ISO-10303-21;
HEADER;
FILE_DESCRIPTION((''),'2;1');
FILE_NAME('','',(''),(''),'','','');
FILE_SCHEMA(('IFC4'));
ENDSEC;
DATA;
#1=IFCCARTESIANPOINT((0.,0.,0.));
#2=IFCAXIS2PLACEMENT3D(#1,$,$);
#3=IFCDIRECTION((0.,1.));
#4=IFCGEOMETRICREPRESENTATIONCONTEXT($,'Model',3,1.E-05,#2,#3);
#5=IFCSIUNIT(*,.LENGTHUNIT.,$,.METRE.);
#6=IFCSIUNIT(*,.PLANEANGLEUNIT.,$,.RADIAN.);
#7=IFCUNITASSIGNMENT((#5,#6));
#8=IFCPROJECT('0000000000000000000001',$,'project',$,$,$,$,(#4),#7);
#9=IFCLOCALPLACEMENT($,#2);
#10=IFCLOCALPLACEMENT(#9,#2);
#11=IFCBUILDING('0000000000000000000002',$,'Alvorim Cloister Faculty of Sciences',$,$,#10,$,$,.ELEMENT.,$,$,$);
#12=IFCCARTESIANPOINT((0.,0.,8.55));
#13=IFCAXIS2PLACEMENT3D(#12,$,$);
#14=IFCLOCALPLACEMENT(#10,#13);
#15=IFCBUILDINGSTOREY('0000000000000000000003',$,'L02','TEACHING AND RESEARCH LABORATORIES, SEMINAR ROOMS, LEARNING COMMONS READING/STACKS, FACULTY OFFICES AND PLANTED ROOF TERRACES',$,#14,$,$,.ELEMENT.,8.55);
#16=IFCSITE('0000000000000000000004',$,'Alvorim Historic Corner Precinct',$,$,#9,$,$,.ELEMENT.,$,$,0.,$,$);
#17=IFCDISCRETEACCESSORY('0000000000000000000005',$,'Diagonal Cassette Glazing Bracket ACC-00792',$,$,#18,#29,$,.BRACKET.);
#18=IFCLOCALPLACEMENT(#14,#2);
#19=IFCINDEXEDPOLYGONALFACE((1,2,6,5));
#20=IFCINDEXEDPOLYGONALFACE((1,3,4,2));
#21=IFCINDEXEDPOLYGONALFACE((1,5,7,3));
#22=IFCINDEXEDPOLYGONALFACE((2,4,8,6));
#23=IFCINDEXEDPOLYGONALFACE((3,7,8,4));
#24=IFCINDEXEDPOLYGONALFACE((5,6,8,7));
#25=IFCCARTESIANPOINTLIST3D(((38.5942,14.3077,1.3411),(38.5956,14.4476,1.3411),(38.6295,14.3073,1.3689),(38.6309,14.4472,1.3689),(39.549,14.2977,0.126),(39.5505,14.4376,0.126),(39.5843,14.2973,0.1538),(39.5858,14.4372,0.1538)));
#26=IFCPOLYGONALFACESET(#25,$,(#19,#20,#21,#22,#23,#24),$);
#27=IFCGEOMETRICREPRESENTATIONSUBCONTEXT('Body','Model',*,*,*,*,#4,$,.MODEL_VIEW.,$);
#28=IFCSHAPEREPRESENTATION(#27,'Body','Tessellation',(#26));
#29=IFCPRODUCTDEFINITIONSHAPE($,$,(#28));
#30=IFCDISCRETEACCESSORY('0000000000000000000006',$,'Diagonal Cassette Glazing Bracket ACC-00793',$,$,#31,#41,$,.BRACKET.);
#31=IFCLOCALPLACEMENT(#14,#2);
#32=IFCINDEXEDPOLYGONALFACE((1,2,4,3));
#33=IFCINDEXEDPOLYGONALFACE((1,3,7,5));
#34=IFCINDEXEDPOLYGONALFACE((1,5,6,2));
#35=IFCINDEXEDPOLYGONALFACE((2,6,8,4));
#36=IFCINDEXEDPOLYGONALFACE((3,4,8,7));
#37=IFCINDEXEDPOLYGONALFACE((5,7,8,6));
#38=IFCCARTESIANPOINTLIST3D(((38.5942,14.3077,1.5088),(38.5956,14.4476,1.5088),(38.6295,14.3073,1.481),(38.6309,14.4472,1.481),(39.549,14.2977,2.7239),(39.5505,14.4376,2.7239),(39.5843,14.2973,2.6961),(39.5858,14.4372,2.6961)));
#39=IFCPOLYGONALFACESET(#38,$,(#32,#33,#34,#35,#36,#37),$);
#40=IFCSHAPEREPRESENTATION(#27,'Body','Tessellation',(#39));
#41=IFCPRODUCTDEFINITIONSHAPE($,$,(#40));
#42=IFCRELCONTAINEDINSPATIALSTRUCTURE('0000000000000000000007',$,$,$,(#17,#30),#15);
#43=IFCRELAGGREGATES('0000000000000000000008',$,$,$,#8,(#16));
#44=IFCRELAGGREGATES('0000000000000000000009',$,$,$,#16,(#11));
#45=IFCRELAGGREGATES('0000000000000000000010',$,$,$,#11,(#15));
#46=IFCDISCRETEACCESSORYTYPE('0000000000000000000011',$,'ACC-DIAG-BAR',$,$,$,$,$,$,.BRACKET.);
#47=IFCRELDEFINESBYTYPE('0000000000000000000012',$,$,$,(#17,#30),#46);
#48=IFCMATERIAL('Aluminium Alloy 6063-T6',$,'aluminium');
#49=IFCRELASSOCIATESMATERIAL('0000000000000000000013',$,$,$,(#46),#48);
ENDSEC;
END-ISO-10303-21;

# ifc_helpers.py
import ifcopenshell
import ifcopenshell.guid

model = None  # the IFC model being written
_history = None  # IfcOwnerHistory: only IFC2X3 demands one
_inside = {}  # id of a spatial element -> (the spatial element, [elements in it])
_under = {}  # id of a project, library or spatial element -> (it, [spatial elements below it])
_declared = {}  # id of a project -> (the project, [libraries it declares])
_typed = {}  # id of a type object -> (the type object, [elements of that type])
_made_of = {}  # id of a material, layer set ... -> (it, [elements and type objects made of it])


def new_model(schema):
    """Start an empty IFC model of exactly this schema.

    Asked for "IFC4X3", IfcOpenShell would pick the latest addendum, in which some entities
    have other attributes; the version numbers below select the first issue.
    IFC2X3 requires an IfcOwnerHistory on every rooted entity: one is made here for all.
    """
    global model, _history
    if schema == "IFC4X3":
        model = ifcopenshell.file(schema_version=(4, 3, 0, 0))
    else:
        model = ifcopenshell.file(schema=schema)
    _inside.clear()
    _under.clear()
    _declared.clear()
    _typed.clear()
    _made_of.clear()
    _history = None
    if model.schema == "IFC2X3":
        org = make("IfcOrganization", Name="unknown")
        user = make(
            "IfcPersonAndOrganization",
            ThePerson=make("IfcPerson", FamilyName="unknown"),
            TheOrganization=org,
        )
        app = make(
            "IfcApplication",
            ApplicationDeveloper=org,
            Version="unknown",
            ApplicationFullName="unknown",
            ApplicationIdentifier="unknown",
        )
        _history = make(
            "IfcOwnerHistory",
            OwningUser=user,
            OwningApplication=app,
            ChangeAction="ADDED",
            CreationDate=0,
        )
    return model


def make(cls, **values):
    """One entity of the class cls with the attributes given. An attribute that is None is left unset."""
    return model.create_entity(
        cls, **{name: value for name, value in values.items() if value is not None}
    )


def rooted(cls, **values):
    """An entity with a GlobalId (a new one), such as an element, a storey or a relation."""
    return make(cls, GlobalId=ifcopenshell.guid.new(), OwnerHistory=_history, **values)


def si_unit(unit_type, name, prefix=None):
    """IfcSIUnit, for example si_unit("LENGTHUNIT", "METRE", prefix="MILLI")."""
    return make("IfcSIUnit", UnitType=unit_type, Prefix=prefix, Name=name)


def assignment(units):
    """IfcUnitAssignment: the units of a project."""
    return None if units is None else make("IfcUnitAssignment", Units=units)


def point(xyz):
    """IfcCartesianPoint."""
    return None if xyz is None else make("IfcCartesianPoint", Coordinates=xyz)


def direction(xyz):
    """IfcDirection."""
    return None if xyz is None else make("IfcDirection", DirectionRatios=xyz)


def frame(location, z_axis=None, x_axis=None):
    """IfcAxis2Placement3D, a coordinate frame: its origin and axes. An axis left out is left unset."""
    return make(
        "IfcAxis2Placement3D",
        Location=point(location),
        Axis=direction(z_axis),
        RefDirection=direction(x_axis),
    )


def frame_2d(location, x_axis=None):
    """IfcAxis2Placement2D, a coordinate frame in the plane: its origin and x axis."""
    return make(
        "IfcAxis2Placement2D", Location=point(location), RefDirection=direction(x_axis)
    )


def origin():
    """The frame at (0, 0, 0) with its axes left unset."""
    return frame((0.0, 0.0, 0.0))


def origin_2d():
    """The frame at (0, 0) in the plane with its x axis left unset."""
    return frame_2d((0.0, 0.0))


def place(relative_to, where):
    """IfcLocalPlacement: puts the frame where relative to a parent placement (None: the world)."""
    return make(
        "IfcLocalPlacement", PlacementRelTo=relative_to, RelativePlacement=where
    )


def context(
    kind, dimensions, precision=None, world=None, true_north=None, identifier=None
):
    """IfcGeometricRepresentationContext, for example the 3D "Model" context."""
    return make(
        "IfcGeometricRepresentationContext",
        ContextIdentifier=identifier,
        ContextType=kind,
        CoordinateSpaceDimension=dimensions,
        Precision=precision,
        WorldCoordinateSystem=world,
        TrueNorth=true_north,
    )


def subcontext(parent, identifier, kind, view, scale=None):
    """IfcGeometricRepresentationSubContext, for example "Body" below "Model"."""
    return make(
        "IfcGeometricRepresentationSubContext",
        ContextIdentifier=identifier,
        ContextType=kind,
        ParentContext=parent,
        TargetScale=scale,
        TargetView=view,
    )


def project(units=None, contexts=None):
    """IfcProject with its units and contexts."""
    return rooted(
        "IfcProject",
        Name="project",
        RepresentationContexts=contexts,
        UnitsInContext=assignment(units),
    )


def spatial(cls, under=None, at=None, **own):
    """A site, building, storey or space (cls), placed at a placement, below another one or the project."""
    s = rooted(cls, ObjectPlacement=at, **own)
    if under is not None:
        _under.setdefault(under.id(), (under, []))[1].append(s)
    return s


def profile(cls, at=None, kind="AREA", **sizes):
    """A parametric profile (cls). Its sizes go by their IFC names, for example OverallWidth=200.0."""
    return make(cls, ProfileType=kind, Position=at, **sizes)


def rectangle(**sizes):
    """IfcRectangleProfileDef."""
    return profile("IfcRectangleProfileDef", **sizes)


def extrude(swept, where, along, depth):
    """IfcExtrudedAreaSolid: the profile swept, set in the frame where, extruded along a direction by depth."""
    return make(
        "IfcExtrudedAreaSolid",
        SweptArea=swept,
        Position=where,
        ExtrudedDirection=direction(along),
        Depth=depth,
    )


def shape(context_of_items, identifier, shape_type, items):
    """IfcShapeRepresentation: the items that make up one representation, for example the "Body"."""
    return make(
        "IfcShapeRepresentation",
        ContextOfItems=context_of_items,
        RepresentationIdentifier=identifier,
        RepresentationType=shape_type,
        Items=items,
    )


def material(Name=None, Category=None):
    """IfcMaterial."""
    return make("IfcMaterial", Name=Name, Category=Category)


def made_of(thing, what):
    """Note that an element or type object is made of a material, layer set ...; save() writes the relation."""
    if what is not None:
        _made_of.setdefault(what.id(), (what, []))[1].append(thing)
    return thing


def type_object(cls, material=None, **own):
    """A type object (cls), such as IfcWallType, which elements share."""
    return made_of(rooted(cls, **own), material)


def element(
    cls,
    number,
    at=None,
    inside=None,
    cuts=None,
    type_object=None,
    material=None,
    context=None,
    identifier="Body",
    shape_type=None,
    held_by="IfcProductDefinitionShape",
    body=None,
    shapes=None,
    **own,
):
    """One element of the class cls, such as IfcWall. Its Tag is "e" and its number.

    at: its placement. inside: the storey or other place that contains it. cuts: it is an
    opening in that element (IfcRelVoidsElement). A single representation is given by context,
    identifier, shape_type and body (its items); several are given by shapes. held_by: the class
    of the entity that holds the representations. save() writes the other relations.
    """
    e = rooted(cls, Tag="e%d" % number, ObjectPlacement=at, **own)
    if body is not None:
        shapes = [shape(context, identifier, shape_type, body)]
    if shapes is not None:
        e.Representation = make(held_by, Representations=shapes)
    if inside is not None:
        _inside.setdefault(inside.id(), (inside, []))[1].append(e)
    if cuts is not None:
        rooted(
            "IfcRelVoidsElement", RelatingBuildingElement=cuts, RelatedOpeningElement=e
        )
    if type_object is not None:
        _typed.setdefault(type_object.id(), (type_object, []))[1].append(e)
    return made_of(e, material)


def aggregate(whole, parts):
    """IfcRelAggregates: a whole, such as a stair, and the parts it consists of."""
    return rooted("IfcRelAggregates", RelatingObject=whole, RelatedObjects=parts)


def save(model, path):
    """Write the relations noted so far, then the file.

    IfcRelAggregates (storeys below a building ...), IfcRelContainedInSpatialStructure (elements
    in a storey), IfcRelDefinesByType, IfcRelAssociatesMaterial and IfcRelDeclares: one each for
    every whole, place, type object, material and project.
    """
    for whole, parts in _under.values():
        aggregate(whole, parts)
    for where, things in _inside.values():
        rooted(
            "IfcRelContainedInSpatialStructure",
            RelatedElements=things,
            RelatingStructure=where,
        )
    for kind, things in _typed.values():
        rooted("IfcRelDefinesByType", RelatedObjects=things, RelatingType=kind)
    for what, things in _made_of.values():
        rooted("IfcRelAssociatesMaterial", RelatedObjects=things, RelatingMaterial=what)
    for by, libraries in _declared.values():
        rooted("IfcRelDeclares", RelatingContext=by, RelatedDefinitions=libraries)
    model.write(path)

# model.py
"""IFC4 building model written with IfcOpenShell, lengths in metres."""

from ifc_helpers import new_model, si_unit, direction, frame, origin, origin_2d, place, context, subcontext, project, spatial, rectangle, extrude, material, type_object, element, save


model = new_model("IFC4")

# Units and contexts
model_context = context("Model", 3, precision=1e-05, world=origin(), true_north=direction((0.0, 1.0)))
body_context = subcontext(model_context, "Body", "Model", "MODEL_VIEW")
ifc_project = project(units=[si_unit("LENGTHUNIT", "METRE"), si_unit("PLANEANGLEUNIT", "RADIAN")], contexts=[model_context])

# Site, building, storey
site_placement = place(None, origin())
site = spatial("IfcSite", under=ifc_project, at=site_placement, Name="Alvorim Historic Corner Precinct", CompositionType="ELEMENT", RefElevation=0.0)
building_placement = place(site_placement, origin())
building = spatial("IfcBuilding", under=site, at=building_placement, Name="Alvorim Cloister Faculty of Sciences", CompositionType="ELEMENT")
storey_placement = place(building_placement, frame((0.0, 0.0, 8.55)))
storey = spatial("IfcBuildingStorey", under=building, at=storey_placement, Name="L02", Description="TEACHING AND RESEARCH LABORATORIES, SEMINAR ROOMS, LEARNING COMMONS READING/STACKS, FACULTY OFFICES AND PLANTED ROOF TERRACES", CompositionType="ELEMENT", Elevation=8.55)

# Discrete accessories
ifc_material_1 = material(Name="Aluminium Alloy 6063-T6", Category="aluminium")
discrete_accessory_type = type_object("IfcDiscreteAccessoryType", Name="ACC-DIAG-BAR", PredefinedType="BRACKET", material=ifc_material_1)
for number, where, z_axis, x_axis, name in (
    (1, (38.6125, 14.3774, 1.355), (0.617857, -0.006477, -0.786263), (0.010483, 0.999945, 0.0), "Diagonal Cassette Glazing Bracket ACC-00792"),
    (2, (38.6125, 14.3774, 1.4949), (0.617857, -0.006477, 0.786263), (0.010483, 0.999945, 0.0), "Diagonal Cassette Glazing Bracket ACC-00793"),
):
    element("IfcDiscreteAccessory", number, at=place(storey_placement, frame(where, z_axis=z_axis, x_axis=x_axis)), inside=storey, type_object=discrete_accessory_type, Name=name, PredefinedType="BRACKET", context=body_context, shape_type="SweptSolid", body=[
        extrude(rectangle(XDim=0.1399, YDim=0.0449, at=origin_2d()), origin(), (0.0, 0.0, 1.0), 1.5454),
    ])

save(model, "model.ifc")
